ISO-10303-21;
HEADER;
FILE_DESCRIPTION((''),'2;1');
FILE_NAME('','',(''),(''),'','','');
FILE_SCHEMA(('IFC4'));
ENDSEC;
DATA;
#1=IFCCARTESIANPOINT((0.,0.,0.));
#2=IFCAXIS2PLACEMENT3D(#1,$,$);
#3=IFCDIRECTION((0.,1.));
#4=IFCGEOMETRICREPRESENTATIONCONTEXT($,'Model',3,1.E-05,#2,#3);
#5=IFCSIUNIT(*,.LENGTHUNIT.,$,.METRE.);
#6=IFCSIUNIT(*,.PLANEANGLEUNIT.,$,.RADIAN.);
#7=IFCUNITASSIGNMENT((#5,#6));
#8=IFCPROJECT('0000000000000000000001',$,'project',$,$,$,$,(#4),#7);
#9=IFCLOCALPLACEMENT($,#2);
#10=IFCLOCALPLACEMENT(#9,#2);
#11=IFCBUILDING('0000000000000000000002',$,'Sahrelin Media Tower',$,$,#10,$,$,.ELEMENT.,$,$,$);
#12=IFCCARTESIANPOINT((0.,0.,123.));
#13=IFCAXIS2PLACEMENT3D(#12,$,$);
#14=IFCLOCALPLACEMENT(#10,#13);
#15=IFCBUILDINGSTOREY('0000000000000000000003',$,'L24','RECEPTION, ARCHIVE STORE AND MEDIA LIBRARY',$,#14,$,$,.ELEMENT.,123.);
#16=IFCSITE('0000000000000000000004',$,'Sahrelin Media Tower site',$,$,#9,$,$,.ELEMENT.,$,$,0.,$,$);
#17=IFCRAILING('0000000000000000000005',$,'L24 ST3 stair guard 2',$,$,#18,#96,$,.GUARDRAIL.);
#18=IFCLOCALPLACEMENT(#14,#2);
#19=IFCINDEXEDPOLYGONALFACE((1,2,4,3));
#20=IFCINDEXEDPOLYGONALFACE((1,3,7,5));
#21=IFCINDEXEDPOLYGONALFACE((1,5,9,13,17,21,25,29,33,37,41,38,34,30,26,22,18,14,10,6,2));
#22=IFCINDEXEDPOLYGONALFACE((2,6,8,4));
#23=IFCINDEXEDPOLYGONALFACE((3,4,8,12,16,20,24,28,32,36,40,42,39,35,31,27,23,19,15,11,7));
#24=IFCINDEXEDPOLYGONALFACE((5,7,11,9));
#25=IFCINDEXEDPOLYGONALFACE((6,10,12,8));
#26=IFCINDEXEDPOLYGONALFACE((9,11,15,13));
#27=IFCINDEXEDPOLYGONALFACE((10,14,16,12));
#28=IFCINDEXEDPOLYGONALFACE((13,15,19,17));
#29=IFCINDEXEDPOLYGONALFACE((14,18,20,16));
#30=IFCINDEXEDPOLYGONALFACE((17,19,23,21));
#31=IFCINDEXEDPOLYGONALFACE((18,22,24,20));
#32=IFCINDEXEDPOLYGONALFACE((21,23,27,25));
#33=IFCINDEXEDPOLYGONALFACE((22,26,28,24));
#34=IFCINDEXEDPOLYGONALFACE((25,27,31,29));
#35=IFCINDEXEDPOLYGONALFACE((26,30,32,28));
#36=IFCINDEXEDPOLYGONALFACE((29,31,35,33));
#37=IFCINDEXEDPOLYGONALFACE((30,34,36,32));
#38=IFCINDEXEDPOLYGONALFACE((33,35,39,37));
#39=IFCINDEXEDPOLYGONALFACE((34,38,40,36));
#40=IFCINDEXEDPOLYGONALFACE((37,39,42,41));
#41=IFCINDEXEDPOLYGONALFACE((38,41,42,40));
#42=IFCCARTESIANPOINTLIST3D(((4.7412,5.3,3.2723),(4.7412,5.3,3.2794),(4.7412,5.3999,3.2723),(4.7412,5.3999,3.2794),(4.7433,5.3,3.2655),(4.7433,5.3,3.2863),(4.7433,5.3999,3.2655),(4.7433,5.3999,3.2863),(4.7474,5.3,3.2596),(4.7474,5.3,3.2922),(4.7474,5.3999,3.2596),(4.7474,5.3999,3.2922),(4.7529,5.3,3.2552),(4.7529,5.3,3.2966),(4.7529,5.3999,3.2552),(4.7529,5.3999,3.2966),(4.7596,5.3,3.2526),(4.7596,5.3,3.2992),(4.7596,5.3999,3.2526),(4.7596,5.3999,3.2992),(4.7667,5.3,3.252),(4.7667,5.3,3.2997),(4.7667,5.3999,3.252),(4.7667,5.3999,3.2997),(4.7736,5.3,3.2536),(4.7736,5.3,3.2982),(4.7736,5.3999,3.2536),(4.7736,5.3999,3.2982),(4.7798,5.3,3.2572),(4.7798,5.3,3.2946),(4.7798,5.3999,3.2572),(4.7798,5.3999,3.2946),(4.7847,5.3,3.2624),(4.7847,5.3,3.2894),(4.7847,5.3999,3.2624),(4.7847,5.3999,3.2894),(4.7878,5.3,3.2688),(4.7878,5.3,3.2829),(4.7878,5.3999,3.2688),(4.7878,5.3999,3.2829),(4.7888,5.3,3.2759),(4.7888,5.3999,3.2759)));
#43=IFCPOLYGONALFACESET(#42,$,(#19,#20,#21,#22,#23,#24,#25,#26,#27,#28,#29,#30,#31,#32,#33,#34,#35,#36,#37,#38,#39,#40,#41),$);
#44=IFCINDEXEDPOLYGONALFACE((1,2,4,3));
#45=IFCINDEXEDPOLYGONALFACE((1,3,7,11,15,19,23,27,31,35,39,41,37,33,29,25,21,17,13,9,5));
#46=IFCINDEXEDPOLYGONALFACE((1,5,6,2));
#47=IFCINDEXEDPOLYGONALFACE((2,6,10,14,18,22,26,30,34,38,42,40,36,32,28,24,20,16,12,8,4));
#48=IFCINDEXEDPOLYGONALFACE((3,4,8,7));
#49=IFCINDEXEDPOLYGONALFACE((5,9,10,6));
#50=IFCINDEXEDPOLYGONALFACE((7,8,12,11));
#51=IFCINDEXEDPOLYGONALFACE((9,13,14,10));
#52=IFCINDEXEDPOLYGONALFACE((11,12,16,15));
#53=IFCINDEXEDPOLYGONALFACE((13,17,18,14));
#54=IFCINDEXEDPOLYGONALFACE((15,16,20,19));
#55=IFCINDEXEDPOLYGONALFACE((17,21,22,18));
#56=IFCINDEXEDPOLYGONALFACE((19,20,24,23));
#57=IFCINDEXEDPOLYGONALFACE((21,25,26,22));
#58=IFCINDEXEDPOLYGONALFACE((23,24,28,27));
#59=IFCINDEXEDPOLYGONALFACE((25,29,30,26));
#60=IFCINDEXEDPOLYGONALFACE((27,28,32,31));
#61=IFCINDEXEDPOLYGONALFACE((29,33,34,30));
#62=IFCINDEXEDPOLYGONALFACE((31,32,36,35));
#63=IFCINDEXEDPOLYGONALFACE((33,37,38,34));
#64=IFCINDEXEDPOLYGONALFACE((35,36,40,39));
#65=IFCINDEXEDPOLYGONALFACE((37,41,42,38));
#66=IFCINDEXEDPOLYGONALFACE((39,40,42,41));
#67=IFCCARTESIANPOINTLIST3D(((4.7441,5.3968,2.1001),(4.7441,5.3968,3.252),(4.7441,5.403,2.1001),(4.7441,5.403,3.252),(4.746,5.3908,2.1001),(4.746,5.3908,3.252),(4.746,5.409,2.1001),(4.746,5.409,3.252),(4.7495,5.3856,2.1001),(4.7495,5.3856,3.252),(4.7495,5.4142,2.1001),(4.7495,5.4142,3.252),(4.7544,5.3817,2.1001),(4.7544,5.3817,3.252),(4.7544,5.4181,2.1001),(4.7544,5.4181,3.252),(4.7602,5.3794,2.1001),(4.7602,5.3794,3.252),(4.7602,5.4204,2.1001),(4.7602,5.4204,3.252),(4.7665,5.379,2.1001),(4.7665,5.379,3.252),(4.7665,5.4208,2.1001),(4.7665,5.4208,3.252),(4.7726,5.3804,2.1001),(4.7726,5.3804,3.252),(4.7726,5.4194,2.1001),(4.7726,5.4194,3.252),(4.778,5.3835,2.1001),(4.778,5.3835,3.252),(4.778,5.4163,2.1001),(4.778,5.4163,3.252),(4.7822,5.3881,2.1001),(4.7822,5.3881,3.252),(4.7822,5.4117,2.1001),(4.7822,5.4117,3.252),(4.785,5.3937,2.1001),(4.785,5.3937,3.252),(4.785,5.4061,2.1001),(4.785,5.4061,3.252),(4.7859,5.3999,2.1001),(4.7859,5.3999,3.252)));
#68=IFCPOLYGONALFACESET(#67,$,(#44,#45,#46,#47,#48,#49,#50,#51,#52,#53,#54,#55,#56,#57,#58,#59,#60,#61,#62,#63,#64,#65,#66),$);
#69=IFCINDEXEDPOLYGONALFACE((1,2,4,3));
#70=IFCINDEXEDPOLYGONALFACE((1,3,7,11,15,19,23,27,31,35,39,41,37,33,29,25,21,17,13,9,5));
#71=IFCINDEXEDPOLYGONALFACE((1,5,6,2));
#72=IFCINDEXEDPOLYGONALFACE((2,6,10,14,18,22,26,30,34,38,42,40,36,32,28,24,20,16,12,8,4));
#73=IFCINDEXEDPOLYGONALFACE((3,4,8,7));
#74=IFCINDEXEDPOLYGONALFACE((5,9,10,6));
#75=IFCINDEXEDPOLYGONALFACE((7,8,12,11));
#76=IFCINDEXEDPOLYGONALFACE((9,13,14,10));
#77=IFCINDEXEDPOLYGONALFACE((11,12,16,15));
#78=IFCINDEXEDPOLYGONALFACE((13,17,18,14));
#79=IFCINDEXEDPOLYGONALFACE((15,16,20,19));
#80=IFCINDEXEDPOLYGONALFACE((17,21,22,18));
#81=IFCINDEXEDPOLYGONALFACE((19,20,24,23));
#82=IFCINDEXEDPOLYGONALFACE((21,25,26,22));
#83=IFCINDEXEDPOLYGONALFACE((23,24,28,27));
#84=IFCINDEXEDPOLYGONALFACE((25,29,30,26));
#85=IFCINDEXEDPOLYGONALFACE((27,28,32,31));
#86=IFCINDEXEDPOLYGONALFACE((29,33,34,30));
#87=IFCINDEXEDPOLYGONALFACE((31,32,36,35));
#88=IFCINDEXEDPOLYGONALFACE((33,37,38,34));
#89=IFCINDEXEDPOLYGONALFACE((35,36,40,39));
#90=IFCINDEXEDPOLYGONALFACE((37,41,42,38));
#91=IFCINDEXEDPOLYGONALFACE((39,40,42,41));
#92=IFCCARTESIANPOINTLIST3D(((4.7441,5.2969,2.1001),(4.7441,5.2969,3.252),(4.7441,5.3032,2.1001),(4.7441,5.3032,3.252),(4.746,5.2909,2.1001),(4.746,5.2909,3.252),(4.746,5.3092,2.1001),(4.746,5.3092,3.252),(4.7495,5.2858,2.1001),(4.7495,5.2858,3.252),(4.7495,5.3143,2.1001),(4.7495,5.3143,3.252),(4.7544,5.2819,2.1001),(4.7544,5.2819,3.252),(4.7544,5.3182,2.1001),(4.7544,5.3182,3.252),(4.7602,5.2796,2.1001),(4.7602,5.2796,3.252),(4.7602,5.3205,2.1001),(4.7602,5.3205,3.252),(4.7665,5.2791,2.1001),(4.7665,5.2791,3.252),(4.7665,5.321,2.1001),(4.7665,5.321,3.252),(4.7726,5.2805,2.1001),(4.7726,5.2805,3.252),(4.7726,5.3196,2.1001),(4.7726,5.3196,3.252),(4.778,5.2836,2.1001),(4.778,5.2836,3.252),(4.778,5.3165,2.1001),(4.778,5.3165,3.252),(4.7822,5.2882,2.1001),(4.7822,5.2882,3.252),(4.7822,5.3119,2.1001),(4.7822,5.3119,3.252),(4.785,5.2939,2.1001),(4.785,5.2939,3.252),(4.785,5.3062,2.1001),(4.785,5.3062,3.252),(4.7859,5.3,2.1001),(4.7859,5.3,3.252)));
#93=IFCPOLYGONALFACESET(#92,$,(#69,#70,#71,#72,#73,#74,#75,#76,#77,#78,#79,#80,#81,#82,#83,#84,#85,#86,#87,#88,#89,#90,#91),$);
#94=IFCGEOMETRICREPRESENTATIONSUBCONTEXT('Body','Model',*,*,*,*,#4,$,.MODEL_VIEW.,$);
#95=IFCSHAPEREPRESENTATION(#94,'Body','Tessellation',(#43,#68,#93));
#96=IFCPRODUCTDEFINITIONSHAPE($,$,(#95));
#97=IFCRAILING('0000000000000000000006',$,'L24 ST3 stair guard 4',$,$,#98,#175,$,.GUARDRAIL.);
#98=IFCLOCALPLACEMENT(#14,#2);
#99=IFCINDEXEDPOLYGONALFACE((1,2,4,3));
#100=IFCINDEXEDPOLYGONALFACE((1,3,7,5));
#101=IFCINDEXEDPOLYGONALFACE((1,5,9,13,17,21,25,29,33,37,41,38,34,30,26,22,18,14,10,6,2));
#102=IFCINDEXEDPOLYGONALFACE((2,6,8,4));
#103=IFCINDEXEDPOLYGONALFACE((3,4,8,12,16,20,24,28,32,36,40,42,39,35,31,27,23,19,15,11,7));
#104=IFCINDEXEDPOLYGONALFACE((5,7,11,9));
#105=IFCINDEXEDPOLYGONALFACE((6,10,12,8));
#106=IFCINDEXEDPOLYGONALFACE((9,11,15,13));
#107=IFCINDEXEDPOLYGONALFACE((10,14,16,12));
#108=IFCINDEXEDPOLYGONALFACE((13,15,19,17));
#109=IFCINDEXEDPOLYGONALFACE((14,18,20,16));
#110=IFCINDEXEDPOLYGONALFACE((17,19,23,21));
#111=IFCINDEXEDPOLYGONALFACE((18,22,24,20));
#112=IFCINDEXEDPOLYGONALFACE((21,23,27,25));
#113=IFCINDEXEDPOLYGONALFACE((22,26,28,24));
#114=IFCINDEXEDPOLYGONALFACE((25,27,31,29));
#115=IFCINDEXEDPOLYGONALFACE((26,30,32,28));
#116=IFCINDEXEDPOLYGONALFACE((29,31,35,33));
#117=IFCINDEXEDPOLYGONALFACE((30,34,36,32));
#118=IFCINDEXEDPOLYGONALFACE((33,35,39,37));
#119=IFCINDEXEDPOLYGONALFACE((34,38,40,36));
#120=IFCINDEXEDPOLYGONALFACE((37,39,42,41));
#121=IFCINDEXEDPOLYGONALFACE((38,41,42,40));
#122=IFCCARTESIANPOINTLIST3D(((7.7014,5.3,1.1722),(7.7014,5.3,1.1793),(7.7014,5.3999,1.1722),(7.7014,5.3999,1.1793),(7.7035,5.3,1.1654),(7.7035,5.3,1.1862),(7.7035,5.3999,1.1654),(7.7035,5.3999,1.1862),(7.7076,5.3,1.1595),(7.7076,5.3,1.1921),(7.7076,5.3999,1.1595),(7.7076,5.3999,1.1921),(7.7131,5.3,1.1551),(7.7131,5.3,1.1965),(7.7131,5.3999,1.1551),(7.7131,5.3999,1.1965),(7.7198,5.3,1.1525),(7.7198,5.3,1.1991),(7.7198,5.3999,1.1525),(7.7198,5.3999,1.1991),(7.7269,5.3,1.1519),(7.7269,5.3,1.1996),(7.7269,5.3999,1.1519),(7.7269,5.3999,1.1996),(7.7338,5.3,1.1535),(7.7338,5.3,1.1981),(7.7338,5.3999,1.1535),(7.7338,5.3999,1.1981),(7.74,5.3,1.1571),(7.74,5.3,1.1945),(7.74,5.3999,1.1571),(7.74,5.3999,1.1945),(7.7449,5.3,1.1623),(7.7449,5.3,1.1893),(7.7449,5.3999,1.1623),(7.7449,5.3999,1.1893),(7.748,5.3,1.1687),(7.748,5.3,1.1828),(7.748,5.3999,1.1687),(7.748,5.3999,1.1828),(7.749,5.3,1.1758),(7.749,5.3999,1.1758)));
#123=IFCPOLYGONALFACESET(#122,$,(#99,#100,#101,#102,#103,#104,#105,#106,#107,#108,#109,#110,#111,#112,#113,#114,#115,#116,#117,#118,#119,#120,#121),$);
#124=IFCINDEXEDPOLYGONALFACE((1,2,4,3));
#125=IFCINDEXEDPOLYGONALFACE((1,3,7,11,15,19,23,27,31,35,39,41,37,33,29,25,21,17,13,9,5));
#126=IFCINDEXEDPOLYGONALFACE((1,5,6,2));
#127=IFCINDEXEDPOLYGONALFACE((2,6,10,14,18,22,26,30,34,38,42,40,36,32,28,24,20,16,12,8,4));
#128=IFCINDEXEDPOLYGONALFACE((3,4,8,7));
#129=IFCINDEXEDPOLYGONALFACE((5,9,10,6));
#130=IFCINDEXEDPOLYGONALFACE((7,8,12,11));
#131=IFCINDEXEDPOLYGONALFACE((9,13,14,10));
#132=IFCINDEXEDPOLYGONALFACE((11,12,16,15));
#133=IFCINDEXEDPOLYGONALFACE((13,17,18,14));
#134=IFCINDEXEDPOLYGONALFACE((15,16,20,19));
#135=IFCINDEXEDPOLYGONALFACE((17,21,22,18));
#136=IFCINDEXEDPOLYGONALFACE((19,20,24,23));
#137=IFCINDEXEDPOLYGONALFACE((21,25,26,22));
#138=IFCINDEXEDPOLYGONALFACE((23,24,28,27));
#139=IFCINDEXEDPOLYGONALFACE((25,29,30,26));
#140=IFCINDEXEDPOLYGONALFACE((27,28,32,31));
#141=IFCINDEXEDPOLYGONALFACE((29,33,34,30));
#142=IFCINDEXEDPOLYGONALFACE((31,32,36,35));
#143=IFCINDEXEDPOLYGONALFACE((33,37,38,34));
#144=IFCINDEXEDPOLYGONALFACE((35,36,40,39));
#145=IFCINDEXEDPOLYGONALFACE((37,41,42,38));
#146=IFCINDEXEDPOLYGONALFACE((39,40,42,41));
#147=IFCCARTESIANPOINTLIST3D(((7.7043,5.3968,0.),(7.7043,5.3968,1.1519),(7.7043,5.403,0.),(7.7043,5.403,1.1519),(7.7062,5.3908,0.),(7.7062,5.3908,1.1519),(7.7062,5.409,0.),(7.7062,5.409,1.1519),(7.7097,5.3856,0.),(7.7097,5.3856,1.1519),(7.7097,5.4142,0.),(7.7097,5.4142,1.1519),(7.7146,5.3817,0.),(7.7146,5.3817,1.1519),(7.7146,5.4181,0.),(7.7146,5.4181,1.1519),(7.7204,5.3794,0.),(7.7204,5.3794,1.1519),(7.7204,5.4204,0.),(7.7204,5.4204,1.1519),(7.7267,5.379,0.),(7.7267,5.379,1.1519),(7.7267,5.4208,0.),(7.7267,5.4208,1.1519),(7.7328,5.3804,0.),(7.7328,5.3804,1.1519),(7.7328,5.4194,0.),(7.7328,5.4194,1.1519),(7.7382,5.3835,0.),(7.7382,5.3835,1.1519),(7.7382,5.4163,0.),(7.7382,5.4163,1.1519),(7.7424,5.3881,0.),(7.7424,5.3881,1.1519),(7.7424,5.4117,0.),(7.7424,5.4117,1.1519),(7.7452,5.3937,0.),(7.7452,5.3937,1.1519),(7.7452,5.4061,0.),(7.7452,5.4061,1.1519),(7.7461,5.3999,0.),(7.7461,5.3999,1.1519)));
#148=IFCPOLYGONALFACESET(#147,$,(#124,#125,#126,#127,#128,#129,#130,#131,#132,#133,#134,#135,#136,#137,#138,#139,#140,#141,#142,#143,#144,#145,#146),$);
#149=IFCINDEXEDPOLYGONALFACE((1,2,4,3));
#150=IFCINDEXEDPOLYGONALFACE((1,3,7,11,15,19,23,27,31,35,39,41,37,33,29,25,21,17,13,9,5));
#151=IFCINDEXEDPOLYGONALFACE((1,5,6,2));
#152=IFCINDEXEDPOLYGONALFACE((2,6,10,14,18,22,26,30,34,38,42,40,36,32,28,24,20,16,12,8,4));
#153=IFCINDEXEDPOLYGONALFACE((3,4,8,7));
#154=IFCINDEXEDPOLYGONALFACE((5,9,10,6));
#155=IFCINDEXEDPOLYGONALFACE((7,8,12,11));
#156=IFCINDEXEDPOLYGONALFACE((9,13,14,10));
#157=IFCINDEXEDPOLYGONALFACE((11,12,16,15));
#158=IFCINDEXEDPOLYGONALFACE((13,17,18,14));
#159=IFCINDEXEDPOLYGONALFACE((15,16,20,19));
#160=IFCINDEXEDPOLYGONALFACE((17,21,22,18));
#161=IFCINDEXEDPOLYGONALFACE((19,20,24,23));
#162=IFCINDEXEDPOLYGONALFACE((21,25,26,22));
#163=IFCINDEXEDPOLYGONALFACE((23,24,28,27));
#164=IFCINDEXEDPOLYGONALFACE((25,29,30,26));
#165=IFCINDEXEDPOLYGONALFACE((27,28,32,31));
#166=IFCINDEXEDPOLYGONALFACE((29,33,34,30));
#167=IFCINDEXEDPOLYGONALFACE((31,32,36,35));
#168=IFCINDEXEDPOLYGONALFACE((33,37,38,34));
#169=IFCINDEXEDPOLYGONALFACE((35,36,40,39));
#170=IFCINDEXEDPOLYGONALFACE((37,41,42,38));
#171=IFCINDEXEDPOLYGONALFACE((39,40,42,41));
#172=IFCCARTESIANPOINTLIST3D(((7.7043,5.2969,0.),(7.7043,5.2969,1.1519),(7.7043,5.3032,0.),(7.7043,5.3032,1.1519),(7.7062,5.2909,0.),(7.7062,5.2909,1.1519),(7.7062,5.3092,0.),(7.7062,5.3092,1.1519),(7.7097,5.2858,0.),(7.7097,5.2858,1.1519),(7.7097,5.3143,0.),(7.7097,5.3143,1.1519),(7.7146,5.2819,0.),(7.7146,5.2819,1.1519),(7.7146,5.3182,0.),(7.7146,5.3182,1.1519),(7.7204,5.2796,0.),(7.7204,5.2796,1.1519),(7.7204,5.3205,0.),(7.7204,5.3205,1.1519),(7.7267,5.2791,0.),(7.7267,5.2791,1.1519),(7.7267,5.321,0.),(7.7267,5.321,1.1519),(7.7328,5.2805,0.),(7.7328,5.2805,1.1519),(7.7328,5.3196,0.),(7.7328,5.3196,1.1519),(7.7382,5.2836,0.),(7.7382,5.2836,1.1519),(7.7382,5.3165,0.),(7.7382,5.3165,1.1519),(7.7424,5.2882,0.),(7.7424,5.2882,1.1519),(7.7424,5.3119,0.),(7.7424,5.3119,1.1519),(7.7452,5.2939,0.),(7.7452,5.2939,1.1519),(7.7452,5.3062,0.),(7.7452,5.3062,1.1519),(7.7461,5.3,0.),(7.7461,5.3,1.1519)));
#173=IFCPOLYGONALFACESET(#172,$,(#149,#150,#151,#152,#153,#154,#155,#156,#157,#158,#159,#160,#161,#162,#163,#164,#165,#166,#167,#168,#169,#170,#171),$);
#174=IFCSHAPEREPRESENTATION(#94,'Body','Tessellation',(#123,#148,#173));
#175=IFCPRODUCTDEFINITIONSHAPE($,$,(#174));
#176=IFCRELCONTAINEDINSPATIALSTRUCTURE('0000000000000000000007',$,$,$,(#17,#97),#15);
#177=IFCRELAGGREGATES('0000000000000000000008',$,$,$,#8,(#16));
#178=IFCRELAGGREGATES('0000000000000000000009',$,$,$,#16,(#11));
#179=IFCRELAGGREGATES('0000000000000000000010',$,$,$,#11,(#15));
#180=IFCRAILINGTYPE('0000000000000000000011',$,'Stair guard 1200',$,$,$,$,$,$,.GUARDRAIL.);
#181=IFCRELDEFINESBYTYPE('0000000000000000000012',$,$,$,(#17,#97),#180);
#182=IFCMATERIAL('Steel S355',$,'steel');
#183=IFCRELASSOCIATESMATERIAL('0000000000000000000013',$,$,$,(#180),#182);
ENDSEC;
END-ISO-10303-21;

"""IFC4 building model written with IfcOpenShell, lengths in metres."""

from ifc_helpers import new_model, si_unit, direction, frame, origin, origin_2d, place, context, subcontext, project, spatial, circle, extrude, material, type_object, element, save


model = new_model("IFC4")

# Units and contexts
model_context = context("Model", 3, precision=1e-05, world=origin(), true_north=direction((0.0, 1.0)))
body_context = subcontext(model_context, "Body", "Model", "MODEL_VIEW")
ifc_project = project(units=[si_unit("LENGTHUNIT", "METRE"), si_unit("PLANEANGLEUNIT", "RADIAN")], contexts=[model_context])

# Site, building, storey
site_placement = place(None, origin())
site = spatial("IfcSite", under=ifc_project, at=site_placement, Name="Sahrelin Media Tower site", CompositionType="ELEMENT", RefElevation=0.0)
building_placement = place(site_placement, origin())
building = spatial("IfcBuilding", under=site, at=building_placement, Name="Sahrelin Media Tower", CompositionType="ELEMENT")
storey_placement = place(building_placement, frame((0.0, 0.0, 123.0)))
storey = spatial("IfcBuildingStorey", under=building, at=storey_placement, Name="L24", Description="RECEPTION, ARCHIVE STORE AND MEDIA LIBRARY", CompositionType="ELEMENT", Elevation=123.0)

# Shared definitions
ifc_material_1 = material(Name="Steel S355", Category="steel")

# Railings
railing_type_1 = type_object("IfcRailingType", Name="Stair guard 1200", PredefinedType="GUARDRAIL", material=ifc_material_1)
for number, where, name in (
    (1, (4.7649, 5.3999, 2.1001), "L24 ST3 stair guard 2"),
    (2, (7.7251, 5.3999, 0.0), "L24 ST3 stair guard 4"),
):
    element("IfcRailing", number, at=place(storey_placement, frame(where)), inside=storey, type_object=railing_type_1, Name=name, PredefinedType="GUARDRAIL", context=body_context, shape_type="SweptSolid", body=[
        extrude(circle(Radius=0.0239, at=origin_2d()), frame((0.0, 0.0, 1.1758), z_axis=(0.0, -1.0, 0.0), x_axis=(1.0, 0.0, 0.0)), (0.0, 0.0, 1.0), 0.0999),
        extrude(circle(Radius=0.021, at=origin_2d()), origin(), (0.0, 0.0, 1.0), 1.1519),
        extrude(circle(Radius=0.021, at=origin_2d()), frame((0.0, -0.0999, 0.0)), (0.0, 0.0, 1.0), 1.1519),
    ])

save(model, "model.ifc")
